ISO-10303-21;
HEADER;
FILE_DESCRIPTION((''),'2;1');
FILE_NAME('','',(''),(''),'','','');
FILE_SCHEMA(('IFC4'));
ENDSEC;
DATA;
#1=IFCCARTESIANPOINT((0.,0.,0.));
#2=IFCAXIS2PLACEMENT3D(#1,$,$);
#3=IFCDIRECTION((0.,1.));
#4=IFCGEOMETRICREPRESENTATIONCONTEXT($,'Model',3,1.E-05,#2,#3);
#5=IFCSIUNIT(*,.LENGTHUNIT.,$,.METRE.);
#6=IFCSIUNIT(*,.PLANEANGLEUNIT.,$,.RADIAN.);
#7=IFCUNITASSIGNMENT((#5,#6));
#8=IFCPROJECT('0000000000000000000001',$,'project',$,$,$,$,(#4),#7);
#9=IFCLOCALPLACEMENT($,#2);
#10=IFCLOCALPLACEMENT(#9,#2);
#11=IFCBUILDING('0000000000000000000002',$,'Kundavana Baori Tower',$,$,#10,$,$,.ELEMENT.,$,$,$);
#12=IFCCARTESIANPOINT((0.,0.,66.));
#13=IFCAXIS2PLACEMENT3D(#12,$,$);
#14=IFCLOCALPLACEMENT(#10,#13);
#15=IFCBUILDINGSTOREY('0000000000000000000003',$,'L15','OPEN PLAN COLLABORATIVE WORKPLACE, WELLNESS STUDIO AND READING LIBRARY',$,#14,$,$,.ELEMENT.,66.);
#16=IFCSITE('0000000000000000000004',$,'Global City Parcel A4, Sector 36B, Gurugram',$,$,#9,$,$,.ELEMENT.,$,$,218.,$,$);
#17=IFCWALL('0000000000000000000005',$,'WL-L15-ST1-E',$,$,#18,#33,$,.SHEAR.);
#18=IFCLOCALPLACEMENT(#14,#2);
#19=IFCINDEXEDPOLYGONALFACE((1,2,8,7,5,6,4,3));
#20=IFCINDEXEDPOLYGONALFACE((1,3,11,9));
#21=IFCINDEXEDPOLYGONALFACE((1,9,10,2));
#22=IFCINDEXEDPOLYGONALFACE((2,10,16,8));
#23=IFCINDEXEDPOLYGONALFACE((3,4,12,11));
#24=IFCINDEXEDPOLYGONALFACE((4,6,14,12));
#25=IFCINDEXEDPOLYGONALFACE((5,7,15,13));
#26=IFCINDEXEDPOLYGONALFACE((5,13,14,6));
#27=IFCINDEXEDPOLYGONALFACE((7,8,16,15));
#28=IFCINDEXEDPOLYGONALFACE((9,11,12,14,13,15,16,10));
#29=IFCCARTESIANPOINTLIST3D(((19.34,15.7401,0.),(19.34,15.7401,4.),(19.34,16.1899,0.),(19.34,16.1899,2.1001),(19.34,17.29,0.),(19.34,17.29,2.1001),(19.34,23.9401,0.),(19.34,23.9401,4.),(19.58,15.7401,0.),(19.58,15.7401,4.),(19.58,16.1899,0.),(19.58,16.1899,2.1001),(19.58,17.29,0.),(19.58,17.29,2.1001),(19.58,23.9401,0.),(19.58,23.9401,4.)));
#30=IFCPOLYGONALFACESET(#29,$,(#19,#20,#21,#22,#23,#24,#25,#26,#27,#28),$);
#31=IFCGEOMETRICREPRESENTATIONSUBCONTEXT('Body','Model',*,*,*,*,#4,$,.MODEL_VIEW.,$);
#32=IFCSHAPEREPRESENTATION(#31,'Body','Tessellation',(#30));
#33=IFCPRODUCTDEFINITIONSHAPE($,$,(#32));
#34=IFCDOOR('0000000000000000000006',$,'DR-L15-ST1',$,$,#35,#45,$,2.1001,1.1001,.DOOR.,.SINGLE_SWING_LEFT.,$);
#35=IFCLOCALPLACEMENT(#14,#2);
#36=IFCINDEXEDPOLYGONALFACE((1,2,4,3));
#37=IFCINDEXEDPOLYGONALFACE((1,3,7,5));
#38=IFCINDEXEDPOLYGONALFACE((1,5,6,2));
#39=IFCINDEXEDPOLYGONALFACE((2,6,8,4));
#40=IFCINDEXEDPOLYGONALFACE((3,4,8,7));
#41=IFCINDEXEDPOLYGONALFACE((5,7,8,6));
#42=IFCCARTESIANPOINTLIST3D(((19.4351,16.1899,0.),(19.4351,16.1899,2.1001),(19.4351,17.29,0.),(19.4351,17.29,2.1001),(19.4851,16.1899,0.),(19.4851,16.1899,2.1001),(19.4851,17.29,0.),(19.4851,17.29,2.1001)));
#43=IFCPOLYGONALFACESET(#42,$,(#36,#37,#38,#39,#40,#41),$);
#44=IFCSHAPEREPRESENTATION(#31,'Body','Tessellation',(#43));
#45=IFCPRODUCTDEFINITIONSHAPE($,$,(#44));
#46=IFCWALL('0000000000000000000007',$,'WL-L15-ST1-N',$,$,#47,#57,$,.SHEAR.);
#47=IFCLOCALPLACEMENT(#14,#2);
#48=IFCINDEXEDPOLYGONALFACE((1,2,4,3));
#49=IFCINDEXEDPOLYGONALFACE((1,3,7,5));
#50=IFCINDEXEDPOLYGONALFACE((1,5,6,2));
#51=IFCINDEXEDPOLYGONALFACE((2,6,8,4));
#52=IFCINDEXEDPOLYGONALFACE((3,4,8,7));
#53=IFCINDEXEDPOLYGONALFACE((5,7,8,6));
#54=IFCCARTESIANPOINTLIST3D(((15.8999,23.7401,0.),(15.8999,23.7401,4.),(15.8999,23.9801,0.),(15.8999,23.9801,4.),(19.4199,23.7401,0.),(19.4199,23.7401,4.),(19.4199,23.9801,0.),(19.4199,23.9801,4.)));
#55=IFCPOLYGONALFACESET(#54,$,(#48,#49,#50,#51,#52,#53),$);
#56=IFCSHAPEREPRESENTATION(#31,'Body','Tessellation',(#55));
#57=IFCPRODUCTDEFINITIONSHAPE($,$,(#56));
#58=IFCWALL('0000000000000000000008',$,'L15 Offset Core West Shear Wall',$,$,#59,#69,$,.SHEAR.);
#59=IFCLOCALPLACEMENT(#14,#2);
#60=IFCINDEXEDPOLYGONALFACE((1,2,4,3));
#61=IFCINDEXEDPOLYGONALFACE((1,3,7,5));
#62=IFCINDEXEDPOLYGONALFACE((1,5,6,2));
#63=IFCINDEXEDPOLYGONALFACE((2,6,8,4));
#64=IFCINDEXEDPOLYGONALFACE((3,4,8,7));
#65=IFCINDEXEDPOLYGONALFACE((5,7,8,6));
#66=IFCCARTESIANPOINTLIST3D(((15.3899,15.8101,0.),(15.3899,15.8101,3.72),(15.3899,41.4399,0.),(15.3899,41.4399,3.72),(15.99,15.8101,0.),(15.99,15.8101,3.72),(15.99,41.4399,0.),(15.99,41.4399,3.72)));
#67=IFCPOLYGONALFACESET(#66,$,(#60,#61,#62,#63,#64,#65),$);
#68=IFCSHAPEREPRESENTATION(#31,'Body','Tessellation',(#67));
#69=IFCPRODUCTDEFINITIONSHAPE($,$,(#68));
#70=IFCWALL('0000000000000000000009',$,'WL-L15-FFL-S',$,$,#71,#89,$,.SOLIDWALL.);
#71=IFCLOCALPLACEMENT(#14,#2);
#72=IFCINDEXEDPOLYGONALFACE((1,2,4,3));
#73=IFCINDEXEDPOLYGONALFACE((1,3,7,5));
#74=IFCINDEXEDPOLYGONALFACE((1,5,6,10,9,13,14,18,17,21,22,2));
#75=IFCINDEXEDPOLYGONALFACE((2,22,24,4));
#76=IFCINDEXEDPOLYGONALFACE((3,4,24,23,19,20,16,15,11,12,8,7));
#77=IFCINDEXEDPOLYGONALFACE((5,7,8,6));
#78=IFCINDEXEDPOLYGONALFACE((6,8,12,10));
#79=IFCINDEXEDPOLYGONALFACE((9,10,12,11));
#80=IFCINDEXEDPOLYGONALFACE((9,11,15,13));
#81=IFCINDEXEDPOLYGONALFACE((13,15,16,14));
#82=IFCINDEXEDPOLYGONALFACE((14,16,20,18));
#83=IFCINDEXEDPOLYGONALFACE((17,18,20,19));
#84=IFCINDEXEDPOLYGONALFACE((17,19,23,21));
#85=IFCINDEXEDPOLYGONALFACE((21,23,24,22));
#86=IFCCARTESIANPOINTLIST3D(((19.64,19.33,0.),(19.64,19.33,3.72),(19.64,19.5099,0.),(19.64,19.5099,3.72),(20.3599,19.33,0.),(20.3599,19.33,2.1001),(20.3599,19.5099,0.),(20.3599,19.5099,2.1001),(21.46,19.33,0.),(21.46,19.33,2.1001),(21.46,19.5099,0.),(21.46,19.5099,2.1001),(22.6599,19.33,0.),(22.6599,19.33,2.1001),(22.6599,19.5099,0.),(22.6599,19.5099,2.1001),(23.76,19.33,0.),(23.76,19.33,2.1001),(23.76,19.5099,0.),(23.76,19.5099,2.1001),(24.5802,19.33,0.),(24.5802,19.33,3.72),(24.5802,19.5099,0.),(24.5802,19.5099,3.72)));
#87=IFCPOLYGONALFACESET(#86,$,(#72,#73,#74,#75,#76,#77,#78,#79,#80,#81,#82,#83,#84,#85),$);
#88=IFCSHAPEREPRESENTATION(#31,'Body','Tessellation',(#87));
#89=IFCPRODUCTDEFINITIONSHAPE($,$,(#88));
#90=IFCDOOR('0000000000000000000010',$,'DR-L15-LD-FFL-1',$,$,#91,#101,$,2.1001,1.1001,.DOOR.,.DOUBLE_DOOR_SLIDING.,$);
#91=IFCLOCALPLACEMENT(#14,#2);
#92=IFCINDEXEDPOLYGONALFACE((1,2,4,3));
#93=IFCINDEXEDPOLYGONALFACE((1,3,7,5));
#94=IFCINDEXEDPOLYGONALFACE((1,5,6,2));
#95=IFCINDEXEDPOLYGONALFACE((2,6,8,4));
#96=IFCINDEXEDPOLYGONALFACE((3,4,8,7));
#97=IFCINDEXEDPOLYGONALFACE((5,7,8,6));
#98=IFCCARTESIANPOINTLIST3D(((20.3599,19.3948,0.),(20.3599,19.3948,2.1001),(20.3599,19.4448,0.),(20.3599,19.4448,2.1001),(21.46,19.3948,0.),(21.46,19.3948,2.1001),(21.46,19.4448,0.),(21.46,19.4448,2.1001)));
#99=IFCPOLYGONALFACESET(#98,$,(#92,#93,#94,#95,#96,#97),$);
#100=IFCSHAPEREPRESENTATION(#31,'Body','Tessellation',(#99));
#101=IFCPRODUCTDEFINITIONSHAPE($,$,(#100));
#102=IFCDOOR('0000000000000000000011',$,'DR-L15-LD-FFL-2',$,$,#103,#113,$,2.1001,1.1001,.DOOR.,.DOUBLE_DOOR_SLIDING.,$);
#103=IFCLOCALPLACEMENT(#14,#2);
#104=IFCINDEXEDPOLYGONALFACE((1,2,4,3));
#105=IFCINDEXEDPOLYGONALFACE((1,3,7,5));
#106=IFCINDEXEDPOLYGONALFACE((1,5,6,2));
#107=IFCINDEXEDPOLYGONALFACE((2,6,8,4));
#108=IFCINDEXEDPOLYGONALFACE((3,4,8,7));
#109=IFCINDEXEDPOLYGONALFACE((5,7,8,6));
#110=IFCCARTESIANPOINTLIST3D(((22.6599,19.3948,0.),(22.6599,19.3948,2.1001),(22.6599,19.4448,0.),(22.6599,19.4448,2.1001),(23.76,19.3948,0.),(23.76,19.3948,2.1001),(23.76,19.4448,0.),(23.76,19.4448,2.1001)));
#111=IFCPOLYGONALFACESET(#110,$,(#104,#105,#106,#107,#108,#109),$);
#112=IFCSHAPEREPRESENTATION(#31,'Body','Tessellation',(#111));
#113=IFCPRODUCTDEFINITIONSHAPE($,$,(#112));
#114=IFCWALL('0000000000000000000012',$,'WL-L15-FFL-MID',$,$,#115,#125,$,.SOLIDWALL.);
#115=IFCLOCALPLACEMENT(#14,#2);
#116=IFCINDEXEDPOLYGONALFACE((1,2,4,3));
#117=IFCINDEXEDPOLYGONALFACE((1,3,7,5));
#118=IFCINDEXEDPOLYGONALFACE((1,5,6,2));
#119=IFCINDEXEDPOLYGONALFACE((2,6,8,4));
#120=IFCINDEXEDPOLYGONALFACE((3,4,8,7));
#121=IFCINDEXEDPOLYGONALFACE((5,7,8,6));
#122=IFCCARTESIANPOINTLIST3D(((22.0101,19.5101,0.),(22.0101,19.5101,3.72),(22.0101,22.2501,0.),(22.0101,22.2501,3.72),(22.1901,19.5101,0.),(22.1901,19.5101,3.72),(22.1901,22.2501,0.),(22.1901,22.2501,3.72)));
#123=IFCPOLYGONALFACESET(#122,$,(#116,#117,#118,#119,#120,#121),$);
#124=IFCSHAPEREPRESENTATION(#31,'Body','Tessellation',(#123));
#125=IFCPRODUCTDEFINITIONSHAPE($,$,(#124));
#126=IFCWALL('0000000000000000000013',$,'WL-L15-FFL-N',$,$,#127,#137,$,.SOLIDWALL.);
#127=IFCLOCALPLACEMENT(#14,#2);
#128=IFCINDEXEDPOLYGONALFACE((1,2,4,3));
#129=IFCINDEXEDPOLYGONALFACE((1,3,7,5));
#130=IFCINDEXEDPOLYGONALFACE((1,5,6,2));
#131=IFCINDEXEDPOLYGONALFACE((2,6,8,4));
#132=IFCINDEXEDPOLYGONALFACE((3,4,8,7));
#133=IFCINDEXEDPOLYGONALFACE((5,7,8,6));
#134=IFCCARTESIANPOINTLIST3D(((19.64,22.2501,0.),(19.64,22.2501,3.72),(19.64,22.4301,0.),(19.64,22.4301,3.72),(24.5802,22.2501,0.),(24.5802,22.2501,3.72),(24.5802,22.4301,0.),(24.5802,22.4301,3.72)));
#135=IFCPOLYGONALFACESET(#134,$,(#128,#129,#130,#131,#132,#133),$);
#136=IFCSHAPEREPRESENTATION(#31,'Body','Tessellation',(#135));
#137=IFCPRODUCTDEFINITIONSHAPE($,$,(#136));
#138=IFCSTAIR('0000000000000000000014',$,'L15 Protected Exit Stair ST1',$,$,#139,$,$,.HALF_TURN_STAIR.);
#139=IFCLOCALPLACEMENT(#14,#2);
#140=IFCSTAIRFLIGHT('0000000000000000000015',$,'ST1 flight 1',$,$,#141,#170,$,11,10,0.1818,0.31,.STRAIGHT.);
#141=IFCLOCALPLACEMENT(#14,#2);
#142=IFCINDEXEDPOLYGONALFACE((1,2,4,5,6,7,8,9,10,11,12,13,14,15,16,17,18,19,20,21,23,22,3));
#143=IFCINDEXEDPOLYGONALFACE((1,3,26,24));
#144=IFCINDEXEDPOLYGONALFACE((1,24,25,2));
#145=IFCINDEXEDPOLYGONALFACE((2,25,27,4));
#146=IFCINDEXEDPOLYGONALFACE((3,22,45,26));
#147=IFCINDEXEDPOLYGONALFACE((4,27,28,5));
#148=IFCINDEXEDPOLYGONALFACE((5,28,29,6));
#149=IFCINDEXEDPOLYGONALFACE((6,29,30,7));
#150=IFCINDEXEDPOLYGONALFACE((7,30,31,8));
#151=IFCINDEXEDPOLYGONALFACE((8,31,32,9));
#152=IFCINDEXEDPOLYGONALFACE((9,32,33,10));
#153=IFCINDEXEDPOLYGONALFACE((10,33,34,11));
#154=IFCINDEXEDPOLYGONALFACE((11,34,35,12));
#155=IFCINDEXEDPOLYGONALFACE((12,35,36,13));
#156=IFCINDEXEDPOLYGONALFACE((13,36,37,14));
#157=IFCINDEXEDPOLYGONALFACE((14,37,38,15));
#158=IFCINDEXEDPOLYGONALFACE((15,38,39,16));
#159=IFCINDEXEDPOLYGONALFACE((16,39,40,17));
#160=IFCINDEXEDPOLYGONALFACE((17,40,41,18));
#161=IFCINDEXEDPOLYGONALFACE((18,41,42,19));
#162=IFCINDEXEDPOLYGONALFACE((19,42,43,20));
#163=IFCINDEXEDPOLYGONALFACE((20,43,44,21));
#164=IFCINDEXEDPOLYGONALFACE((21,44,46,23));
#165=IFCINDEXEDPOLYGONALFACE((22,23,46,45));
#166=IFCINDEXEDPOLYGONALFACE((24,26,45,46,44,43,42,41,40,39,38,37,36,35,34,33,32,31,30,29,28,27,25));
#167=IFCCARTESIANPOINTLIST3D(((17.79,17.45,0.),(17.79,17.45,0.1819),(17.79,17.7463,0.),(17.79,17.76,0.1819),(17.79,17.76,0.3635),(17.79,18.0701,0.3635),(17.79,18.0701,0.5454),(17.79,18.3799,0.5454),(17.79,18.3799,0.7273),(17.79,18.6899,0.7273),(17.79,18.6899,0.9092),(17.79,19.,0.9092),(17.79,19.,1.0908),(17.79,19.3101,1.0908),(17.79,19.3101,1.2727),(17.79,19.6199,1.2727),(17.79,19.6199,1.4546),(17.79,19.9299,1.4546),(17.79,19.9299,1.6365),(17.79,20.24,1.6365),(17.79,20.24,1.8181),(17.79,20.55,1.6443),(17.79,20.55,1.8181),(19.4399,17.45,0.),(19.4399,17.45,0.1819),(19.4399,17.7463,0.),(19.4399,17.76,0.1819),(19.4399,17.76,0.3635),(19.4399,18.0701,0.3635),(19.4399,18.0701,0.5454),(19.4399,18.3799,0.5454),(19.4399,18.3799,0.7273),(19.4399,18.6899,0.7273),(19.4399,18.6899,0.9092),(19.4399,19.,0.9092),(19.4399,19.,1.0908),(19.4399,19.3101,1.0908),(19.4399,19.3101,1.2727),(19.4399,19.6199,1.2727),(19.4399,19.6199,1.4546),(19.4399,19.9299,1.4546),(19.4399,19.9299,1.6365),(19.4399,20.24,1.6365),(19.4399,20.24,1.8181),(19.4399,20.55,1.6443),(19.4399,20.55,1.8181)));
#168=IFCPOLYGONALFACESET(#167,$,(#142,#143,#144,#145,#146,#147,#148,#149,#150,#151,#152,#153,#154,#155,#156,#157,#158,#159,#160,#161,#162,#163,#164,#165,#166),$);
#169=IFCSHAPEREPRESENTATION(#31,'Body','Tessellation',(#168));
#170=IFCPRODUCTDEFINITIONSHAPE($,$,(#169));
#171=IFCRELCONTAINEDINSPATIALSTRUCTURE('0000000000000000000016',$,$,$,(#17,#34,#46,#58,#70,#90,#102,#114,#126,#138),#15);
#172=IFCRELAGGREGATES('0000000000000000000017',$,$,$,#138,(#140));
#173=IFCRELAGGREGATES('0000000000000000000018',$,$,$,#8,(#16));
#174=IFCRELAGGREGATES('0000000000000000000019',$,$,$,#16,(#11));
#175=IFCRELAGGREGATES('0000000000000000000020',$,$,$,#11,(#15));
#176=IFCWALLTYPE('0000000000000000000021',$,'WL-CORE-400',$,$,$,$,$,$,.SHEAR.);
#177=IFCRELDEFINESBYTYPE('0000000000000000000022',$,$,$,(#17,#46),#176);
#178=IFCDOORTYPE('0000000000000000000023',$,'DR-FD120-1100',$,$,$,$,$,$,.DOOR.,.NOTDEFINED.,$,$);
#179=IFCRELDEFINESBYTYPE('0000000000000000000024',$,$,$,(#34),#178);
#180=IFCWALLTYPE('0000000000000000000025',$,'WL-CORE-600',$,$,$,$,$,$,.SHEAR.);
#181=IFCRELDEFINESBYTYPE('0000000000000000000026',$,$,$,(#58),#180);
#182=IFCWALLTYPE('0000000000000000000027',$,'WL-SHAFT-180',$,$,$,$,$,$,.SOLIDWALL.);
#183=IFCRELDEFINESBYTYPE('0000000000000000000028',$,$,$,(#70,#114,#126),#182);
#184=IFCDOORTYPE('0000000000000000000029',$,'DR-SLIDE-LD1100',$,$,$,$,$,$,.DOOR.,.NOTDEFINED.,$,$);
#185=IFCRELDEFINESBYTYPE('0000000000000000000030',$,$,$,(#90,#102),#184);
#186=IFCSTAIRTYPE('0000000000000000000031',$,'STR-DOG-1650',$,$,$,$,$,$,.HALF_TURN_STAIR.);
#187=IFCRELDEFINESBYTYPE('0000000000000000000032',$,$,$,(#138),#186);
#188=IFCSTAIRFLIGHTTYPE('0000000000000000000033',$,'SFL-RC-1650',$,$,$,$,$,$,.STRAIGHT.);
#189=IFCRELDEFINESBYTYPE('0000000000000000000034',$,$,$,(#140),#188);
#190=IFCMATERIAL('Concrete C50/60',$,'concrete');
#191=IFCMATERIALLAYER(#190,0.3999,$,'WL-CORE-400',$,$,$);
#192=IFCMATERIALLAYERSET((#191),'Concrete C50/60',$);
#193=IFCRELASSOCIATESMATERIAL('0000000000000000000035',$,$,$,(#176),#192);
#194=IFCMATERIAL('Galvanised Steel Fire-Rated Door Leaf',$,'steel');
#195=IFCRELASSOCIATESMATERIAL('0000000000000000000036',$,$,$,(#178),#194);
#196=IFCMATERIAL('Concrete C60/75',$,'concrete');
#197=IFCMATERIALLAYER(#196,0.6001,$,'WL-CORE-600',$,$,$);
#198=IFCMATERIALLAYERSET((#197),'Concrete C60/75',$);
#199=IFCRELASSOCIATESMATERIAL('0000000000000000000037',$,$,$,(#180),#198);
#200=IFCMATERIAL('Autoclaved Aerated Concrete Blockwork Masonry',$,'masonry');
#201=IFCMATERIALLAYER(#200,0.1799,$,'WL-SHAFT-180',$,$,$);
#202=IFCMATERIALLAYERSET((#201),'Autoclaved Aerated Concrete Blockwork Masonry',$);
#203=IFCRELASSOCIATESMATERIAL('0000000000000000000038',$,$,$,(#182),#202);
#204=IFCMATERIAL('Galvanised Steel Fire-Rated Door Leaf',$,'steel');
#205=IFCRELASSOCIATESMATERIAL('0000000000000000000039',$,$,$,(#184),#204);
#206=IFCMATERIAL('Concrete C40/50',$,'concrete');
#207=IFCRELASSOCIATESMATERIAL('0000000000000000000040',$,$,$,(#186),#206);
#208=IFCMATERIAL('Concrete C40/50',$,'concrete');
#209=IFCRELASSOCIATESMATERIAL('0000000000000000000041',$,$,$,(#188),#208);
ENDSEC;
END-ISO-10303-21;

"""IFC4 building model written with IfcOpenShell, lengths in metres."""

from ifc_helpers import new_model, si_unit, direction, frame, frame_2d, origin, place, context, subcontext, project, spatial, polyline, rectangle, outline, extrude, material, layer, layer_set, type_object, element, fill, aggregate, save


model = new_model("IFC4")

# Units and contexts
model_context = context("Model", 3, precision=1e-05, world=origin(), true_north=direction((0.0, 1.0)))
body_context = subcontext(model_context, "Body", "Model", "MODEL_VIEW")
ifc_project = project(units=[si_unit("LENGTHUNIT", "METRE"), si_unit("PLANEANGLEUNIT", "RADIAN")], contexts=[model_context])

# Site, building, storey
site_placement = place(None, origin())
site = spatial("IfcSite", under=ifc_project, at=site_placement, Name="Global City Parcel A4, Sector 36B, Gurugram", CompositionType="ELEMENT", RefElevation=218.0)
building_placement = place(site_placement, origin())
building = spatial("IfcBuilding", under=site, at=building_placement, Name="Kundavana Baori Tower", CompositionType="ELEMENT")
storey_placement = place(building_placement, frame((0.0, 0.0, 66.0)))
storey = spatial("IfcBuildingStorey", under=building, at=storey_placement, Name="L15", Description="OPEN PLAN COLLABORATIVE WORKPLACE, WELLNESS STUDIO AND READING LIBRARY", CompositionType="ELEMENT", Elevation=66.0)

# Wall, opening, door
ifc_material_1 = material(Name="Concrete C50/60", Category="concrete")
ifc_layer_1 = layer(ifc_material_1, 0.3999, Name="WL-CORE-400")
ifc_layer_set_1 = layer_set([ifc_layer_1], Name="Concrete C50/60")
wall_type_1 = type_object("IfcWallType", Name="WL-CORE-400", PredefinedType="SHEAR", material=ifc_layer_set_1)
wall_1_placement = place(storey_placement, frame((19.46, 15.74, 0.0), z_axis=(0.0, 0.0, 1.0), x_axis=(0.0, 1.0, 0.0)))
wall_1 = element("IfcWall", 1, at=wall_1_placement, inside=storey, type_object=wall_type_1, Name="WL-L15-ST1-E", PredefinedType="SHEAR", context=body_context, shape_type="SweptSolid", body=[
    extrude(rectangle(XDim=8.2, YDim=0.24, at=frame_2d((4.1001, 0.0))), origin(), (0.0, 0.0, 1.0), 4.0),
])
opening_1_placement = place(wall_1_placement, frame((0.45, 0.0, 0.0)))
opening_1 = element("IfcOpeningElement", 2, at=opening_1_placement, cuts=wall_1, PredefinedType="OPENING", context=body_context, shape_type="SweptSolid", body=[
    extrude(rectangle(XDim=1.1001, YDim=2.1001, at=frame_2d((0.55, 1.05))), frame((0.0, 0.1299, 0.0), z_axis=(0.0, -1.0, 0.0), x_axis=(1.0, 0.0, 0.0)), (0.0, 0.0, 1.0), 0.26),
])
ifc_material_2 = material(Name="Galvanised Steel Fire-Rated Door Leaf", Category="steel")
door_type_1 = type_object("IfcDoorType", Name="DR-FD120-1100", OperationType="NOTDEFINED", PredefinedType="DOOR", material=ifc_material_2)
door_1_placement = place(opening_1_placement, origin())
door_1 = element("IfcDoor", 3, at=door_1_placement, inside=storey, type_object=door_type_1, Name="DR-L15-ST1", OperationType="SINGLE_SWING_LEFT", OverallHeight=2.1001, OverallWidth=1.1001, PredefinedType="DOOR", context=body_context, shape_type="SweptSolid", body=[
    extrude(rectangle(XDim=1.1001, YDim=2.1001, at=frame_2d((0.55, 1.05))), frame((0.0, 0.0249, 0.0), z_axis=(0.0, -1.0, 0.0), x_axis=(1.0, 0.0, 0.0)), (0.0, 0.0, 1.0), 0.05),
])
fill(opening_1, door_1)

# Walls
wall_2_placement = place(storey_placement, frame((15.8999, 23.8601, 0.0), z_axis=(0.0, 0.0, 1.0), x_axis=(1.0, 0.0, 0.0)))
element("IfcWall", 4, at=wall_2_placement, inside=storey, type_object=wall_type_1, Name="WL-L15-ST1-N", PredefinedType="SHEAR", context=body_context, shape_type="SweptSolid", body=[
    extrude(rectangle(XDim=3.52, YDim=0.24, at=frame_2d((1.76, 0.0))), origin(), (0.0, 0.0, 1.0), 4.0),
])
ifc_material_3 = material(Name="Concrete C60/75", Category="concrete")
ifc_layer_2 = layer(ifc_material_3, 0.6001, Name="WL-CORE-600")
ifc_layer_set_2 = layer_set([ifc_layer_2], Name="Concrete C60/75")
wall_type_2 = type_object("IfcWallType", Name="WL-CORE-600", PredefinedType="SHEAR", material=ifc_layer_set_2)
wall_3_placement = place(storey_placement, frame((15.6899, 15.8101, 0.0), z_axis=(0.0, 0.0, 1.0), x_axis=(0.0, 1.0, 0.0)))
element("IfcWall", 5, at=wall_3_placement, inside=storey, type_object=wall_type_2, Name="L15 Offset Core West Shear Wall", PredefinedType="SHEAR", context=body_context, shape_type="SweptSolid", body=[
    extrude(rectangle(XDim=25.6299, YDim=0.6001, at=frame_2d((12.8149, 0.0))), origin(), (0.0, 0.0, 1.0), 3.72),
])

# Wall, openings, doors
ifc_material_4 = material(Name="Autoclaved Aerated Concrete Blockwork Masonry", Category="masonry")
ifc_layer_3 = layer(ifc_material_4, 0.1799, Name="WL-SHAFT-180")
ifc_layer_set_3 = layer_set([ifc_layer_3], Name="Autoclaved Aerated Concrete Blockwork Masonry")
wall_type_3 = type_object("IfcWallType", Name="WL-SHAFT-180", PredefinedType="SOLIDWALL", material=ifc_layer_set_3)
wall_4_placement = place(storey_placement, frame((19.6399, 19.4199, 0.0), z_axis=(0.0, 0.0, 1.0), x_axis=(1.0, 0.0, 0.0)))
wall_4 = element("IfcWall", 6, at=wall_4_placement, inside=storey, type_object=wall_type_3, Name="WL-L15-FFL-S", PredefinedType="SOLIDWALL", context=body_context, shape_type="SweptSolid", body=[
    extrude(rectangle(XDim=4.9402, YDim=0.1799, at=frame_2d((2.4702, 0.0))), origin(), (0.0, 0.0, 1.0), 3.72),
])
opening_2_placement = place(wall_4_placement, frame((0.72, 0.0, 0.0)))
opening_2 = element("IfcOpeningElement", 7, at=opening_2_placement, cuts=wall_4, PredefinedType="OPENING", context=body_context, shape_type="SweptSolid", body=[
    extrude(rectangle(XDim=1.1001, YDim=2.1001, at=frame_2d((0.55, 1.05))), frame((0.0, 0.1001, 0.0), z_axis=(0.0, -1.0, 0.0), x_axis=(1.0, 0.0, 0.0)), (0.0, 0.0, 1.0), 0.2),
])
opening_3_placement = place(wall_4_placement, frame((3.02, 0.0, 0.0)))
opening_3 = element("IfcOpeningElement", 8, at=opening_3_placement, cuts=wall_4, PredefinedType="OPENING", context=body_context, shape_type="SweptSolid", body=[
    extrude(rectangle(XDim=1.1001, YDim=2.1001, at=frame_2d((0.55, 1.05))), frame((0.0, 0.1001, 0.0), z_axis=(0.0, -1.0, 0.0), x_axis=(1.0, 0.0, 0.0)), (0.0, 0.0, 1.0), 0.2),
])
ifc_material_5 = material(Name="Galvanised Steel Fire-Rated Door Leaf", Category="steel")
door_type_2 = type_object("IfcDoorType", Name="DR-SLIDE-LD1100", OperationType="NOTDEFINED", PredefinedType="DOOR", material=ifc_material_5)
door_2_placement = place(opening_2_placement, origin())
door_2 = element("IfcDoor", 9, at=door_2_placement, inside=storey, type_object=door_type_2, Name="DR-L15-LD-FFL-1", OperationType="DOUBLE_DOOR_SLIDING", OverallHeight=2.1001, OverallWidth=1.1001, PredefinedType="DOOR", context=body_context, shape_type="SweptSolid", body=[
    extrude(rectangle(XDim=1.1001, YDim=2.1001, at=frame_2d((0.55, 1.05))), frame((0.0, 0.0249, 0.0), z_axis=(0.0, -1.0, 0.0), x_axis=(1.0, 0.0, 0.0)), (0.0, 0.0, 1.0), 0.05),
])
fill(opening_2, door_2)
door_3_placement = place(opening_3_placement, origin())
door_3 = element("IfcDoor", 10, at=door_3_placement, inside=storey, type_object=door_type_2, Name="DR-L15-LD-FFL-2", OperationType="DOUBLE_DOOR_SLIDING", OverallHeight=2.1001, OverallWidth=1.1001, PredefinedType="DOOR", context=body_context, shape_type="SweptSolid", body=[
    extrude(rectangle(XDim=1.1001, YDim=2.1001, at=frame_2d((0.55, 1.05))), frame((0.0, 0.0249, 0.0), z_axis=(0.0, -1.0, 0.0), x_axis=(1.0, 0.0, 0.0)), (0.0, 0.0, 1.0), 0.05),
])
fill(opening_3, door_3)

# Walls
wall_5_placement = place(storey_placement, frame((22.1001, 19.51, 0.0), z_axis=(0.0, 0.0, 1.0), x_axis=(0.0, 1.0, 0.0)))
element("IfcWall", 11, at=wall_5_placement, inside=storey, type_object=wall_type_3, Name="WL-L15-FFL-MID", PredefinedType="SOLIDWALL", context=body_context, shape_type="SweptSolid", body=[
    extrude(rectangle(XDim=2.74, YDim=0.1799, at=frame_2d((1.3701, 0.0))), origin(), (0.0, 0.0, 1.0), 3.72),
])
wall_6_placement = place(storey_placement, frame((19.6399, 22.3401, 0.0), z_axis=(0.0, 0.0, 1.0), x_axis=(1.0, 0.0, 0.0)))
element("IfcWall", 12, at=wall_6_placement, inside=storey, type_object=wall_type_3, Name="WL-L15-FFL-N", PredefinedType="SOLIDWALL", context=body_context, shape_type="SweptSolid", body=[
    extrude(rectangle(XDim=4.9402, YDim=0.1799, at=frame_2d((2.4702, 0.0))), origin(), (0.0, 0.0, 1.0), 3.72),
])

# Stair, stair flight
ifc_material_6 = material(Name="Concrete C40/50", Category="concrete")
stair_type = type_object("IfcStairType", Name="STR-DOG-1650", PredefinedType="HALF_TURN_STAIR", material=ifc_material_6)
stair_placement = place(storey_placement, origin())
stair = element("IfcStair", 13, at=stair_placement, inside=storey, type_object=stair_type, Name="L15 Protected Exit Stair ST1", PredefinedType="HALF_TURN_STAIR")
ifc_material_7 = material(Name="Concrete C40/50", Category="concrete")
stair_flight_type = type_object("IfcStairFlightType", Name="SFL-RC-1650", PredefinedType="STRAIGHT", material=ifc_material_7)
stair_flight_1_placement = place(storey_placement, frame((18.615, 17.45, 0.0), z_axis=(0.0, 0.0, 1.0), x_axis=(0.0, 1.0, 0.0)))
stair_flight_1 = element("IfcStairFlight", 14, at=stair_flight_1_placement, type_object=stair_flight_type, Name="ST1 flight 1", NumberOfRisers=11, NumberOfTreads=10, PredefinedType="STRAIGHT", RiserHeight=0.1818, TreadLength=0.31, context=body_context, shape_type="SweptSolid", body=[
    extrude(outline(polyline([(0.0, 0.0), (0.0, 0.1819), (0.3101, 0.1819), (0.3101, 0.3635), (0.6201, 0.3635), (0.6201, 0.5454), (0.9299, 0.5454), (0.9299, 0.7273), (1.24, 0.7273), (1.24, 0.9092), (1.55, 0.9092), (1.55, 1.0908), (1.8601, 1.0908), (1.8601, 1.2727), (2.1699, 1.2727), (2.1699, 1.4546), (2.48, 1.4546), (2.48, 1.6365), (2.79, 1.6365), (2.79, 1.8181), (3.1001, 1.8181), (3.1001, 2.0), (3.1001, 1.6443), (0.2964, 0.0), (0.0, 0.0)])), frame((0.0, 0.825, 0.0), z_axis=(0.0, -1.0, 0.0), x_axis=(1.0, 0.0, 0.0)), (0.0, 0.0, 1.0), 1.6499),
])
aggregate(stair, [stair_flight_1])

save(model, "model.ifc")
